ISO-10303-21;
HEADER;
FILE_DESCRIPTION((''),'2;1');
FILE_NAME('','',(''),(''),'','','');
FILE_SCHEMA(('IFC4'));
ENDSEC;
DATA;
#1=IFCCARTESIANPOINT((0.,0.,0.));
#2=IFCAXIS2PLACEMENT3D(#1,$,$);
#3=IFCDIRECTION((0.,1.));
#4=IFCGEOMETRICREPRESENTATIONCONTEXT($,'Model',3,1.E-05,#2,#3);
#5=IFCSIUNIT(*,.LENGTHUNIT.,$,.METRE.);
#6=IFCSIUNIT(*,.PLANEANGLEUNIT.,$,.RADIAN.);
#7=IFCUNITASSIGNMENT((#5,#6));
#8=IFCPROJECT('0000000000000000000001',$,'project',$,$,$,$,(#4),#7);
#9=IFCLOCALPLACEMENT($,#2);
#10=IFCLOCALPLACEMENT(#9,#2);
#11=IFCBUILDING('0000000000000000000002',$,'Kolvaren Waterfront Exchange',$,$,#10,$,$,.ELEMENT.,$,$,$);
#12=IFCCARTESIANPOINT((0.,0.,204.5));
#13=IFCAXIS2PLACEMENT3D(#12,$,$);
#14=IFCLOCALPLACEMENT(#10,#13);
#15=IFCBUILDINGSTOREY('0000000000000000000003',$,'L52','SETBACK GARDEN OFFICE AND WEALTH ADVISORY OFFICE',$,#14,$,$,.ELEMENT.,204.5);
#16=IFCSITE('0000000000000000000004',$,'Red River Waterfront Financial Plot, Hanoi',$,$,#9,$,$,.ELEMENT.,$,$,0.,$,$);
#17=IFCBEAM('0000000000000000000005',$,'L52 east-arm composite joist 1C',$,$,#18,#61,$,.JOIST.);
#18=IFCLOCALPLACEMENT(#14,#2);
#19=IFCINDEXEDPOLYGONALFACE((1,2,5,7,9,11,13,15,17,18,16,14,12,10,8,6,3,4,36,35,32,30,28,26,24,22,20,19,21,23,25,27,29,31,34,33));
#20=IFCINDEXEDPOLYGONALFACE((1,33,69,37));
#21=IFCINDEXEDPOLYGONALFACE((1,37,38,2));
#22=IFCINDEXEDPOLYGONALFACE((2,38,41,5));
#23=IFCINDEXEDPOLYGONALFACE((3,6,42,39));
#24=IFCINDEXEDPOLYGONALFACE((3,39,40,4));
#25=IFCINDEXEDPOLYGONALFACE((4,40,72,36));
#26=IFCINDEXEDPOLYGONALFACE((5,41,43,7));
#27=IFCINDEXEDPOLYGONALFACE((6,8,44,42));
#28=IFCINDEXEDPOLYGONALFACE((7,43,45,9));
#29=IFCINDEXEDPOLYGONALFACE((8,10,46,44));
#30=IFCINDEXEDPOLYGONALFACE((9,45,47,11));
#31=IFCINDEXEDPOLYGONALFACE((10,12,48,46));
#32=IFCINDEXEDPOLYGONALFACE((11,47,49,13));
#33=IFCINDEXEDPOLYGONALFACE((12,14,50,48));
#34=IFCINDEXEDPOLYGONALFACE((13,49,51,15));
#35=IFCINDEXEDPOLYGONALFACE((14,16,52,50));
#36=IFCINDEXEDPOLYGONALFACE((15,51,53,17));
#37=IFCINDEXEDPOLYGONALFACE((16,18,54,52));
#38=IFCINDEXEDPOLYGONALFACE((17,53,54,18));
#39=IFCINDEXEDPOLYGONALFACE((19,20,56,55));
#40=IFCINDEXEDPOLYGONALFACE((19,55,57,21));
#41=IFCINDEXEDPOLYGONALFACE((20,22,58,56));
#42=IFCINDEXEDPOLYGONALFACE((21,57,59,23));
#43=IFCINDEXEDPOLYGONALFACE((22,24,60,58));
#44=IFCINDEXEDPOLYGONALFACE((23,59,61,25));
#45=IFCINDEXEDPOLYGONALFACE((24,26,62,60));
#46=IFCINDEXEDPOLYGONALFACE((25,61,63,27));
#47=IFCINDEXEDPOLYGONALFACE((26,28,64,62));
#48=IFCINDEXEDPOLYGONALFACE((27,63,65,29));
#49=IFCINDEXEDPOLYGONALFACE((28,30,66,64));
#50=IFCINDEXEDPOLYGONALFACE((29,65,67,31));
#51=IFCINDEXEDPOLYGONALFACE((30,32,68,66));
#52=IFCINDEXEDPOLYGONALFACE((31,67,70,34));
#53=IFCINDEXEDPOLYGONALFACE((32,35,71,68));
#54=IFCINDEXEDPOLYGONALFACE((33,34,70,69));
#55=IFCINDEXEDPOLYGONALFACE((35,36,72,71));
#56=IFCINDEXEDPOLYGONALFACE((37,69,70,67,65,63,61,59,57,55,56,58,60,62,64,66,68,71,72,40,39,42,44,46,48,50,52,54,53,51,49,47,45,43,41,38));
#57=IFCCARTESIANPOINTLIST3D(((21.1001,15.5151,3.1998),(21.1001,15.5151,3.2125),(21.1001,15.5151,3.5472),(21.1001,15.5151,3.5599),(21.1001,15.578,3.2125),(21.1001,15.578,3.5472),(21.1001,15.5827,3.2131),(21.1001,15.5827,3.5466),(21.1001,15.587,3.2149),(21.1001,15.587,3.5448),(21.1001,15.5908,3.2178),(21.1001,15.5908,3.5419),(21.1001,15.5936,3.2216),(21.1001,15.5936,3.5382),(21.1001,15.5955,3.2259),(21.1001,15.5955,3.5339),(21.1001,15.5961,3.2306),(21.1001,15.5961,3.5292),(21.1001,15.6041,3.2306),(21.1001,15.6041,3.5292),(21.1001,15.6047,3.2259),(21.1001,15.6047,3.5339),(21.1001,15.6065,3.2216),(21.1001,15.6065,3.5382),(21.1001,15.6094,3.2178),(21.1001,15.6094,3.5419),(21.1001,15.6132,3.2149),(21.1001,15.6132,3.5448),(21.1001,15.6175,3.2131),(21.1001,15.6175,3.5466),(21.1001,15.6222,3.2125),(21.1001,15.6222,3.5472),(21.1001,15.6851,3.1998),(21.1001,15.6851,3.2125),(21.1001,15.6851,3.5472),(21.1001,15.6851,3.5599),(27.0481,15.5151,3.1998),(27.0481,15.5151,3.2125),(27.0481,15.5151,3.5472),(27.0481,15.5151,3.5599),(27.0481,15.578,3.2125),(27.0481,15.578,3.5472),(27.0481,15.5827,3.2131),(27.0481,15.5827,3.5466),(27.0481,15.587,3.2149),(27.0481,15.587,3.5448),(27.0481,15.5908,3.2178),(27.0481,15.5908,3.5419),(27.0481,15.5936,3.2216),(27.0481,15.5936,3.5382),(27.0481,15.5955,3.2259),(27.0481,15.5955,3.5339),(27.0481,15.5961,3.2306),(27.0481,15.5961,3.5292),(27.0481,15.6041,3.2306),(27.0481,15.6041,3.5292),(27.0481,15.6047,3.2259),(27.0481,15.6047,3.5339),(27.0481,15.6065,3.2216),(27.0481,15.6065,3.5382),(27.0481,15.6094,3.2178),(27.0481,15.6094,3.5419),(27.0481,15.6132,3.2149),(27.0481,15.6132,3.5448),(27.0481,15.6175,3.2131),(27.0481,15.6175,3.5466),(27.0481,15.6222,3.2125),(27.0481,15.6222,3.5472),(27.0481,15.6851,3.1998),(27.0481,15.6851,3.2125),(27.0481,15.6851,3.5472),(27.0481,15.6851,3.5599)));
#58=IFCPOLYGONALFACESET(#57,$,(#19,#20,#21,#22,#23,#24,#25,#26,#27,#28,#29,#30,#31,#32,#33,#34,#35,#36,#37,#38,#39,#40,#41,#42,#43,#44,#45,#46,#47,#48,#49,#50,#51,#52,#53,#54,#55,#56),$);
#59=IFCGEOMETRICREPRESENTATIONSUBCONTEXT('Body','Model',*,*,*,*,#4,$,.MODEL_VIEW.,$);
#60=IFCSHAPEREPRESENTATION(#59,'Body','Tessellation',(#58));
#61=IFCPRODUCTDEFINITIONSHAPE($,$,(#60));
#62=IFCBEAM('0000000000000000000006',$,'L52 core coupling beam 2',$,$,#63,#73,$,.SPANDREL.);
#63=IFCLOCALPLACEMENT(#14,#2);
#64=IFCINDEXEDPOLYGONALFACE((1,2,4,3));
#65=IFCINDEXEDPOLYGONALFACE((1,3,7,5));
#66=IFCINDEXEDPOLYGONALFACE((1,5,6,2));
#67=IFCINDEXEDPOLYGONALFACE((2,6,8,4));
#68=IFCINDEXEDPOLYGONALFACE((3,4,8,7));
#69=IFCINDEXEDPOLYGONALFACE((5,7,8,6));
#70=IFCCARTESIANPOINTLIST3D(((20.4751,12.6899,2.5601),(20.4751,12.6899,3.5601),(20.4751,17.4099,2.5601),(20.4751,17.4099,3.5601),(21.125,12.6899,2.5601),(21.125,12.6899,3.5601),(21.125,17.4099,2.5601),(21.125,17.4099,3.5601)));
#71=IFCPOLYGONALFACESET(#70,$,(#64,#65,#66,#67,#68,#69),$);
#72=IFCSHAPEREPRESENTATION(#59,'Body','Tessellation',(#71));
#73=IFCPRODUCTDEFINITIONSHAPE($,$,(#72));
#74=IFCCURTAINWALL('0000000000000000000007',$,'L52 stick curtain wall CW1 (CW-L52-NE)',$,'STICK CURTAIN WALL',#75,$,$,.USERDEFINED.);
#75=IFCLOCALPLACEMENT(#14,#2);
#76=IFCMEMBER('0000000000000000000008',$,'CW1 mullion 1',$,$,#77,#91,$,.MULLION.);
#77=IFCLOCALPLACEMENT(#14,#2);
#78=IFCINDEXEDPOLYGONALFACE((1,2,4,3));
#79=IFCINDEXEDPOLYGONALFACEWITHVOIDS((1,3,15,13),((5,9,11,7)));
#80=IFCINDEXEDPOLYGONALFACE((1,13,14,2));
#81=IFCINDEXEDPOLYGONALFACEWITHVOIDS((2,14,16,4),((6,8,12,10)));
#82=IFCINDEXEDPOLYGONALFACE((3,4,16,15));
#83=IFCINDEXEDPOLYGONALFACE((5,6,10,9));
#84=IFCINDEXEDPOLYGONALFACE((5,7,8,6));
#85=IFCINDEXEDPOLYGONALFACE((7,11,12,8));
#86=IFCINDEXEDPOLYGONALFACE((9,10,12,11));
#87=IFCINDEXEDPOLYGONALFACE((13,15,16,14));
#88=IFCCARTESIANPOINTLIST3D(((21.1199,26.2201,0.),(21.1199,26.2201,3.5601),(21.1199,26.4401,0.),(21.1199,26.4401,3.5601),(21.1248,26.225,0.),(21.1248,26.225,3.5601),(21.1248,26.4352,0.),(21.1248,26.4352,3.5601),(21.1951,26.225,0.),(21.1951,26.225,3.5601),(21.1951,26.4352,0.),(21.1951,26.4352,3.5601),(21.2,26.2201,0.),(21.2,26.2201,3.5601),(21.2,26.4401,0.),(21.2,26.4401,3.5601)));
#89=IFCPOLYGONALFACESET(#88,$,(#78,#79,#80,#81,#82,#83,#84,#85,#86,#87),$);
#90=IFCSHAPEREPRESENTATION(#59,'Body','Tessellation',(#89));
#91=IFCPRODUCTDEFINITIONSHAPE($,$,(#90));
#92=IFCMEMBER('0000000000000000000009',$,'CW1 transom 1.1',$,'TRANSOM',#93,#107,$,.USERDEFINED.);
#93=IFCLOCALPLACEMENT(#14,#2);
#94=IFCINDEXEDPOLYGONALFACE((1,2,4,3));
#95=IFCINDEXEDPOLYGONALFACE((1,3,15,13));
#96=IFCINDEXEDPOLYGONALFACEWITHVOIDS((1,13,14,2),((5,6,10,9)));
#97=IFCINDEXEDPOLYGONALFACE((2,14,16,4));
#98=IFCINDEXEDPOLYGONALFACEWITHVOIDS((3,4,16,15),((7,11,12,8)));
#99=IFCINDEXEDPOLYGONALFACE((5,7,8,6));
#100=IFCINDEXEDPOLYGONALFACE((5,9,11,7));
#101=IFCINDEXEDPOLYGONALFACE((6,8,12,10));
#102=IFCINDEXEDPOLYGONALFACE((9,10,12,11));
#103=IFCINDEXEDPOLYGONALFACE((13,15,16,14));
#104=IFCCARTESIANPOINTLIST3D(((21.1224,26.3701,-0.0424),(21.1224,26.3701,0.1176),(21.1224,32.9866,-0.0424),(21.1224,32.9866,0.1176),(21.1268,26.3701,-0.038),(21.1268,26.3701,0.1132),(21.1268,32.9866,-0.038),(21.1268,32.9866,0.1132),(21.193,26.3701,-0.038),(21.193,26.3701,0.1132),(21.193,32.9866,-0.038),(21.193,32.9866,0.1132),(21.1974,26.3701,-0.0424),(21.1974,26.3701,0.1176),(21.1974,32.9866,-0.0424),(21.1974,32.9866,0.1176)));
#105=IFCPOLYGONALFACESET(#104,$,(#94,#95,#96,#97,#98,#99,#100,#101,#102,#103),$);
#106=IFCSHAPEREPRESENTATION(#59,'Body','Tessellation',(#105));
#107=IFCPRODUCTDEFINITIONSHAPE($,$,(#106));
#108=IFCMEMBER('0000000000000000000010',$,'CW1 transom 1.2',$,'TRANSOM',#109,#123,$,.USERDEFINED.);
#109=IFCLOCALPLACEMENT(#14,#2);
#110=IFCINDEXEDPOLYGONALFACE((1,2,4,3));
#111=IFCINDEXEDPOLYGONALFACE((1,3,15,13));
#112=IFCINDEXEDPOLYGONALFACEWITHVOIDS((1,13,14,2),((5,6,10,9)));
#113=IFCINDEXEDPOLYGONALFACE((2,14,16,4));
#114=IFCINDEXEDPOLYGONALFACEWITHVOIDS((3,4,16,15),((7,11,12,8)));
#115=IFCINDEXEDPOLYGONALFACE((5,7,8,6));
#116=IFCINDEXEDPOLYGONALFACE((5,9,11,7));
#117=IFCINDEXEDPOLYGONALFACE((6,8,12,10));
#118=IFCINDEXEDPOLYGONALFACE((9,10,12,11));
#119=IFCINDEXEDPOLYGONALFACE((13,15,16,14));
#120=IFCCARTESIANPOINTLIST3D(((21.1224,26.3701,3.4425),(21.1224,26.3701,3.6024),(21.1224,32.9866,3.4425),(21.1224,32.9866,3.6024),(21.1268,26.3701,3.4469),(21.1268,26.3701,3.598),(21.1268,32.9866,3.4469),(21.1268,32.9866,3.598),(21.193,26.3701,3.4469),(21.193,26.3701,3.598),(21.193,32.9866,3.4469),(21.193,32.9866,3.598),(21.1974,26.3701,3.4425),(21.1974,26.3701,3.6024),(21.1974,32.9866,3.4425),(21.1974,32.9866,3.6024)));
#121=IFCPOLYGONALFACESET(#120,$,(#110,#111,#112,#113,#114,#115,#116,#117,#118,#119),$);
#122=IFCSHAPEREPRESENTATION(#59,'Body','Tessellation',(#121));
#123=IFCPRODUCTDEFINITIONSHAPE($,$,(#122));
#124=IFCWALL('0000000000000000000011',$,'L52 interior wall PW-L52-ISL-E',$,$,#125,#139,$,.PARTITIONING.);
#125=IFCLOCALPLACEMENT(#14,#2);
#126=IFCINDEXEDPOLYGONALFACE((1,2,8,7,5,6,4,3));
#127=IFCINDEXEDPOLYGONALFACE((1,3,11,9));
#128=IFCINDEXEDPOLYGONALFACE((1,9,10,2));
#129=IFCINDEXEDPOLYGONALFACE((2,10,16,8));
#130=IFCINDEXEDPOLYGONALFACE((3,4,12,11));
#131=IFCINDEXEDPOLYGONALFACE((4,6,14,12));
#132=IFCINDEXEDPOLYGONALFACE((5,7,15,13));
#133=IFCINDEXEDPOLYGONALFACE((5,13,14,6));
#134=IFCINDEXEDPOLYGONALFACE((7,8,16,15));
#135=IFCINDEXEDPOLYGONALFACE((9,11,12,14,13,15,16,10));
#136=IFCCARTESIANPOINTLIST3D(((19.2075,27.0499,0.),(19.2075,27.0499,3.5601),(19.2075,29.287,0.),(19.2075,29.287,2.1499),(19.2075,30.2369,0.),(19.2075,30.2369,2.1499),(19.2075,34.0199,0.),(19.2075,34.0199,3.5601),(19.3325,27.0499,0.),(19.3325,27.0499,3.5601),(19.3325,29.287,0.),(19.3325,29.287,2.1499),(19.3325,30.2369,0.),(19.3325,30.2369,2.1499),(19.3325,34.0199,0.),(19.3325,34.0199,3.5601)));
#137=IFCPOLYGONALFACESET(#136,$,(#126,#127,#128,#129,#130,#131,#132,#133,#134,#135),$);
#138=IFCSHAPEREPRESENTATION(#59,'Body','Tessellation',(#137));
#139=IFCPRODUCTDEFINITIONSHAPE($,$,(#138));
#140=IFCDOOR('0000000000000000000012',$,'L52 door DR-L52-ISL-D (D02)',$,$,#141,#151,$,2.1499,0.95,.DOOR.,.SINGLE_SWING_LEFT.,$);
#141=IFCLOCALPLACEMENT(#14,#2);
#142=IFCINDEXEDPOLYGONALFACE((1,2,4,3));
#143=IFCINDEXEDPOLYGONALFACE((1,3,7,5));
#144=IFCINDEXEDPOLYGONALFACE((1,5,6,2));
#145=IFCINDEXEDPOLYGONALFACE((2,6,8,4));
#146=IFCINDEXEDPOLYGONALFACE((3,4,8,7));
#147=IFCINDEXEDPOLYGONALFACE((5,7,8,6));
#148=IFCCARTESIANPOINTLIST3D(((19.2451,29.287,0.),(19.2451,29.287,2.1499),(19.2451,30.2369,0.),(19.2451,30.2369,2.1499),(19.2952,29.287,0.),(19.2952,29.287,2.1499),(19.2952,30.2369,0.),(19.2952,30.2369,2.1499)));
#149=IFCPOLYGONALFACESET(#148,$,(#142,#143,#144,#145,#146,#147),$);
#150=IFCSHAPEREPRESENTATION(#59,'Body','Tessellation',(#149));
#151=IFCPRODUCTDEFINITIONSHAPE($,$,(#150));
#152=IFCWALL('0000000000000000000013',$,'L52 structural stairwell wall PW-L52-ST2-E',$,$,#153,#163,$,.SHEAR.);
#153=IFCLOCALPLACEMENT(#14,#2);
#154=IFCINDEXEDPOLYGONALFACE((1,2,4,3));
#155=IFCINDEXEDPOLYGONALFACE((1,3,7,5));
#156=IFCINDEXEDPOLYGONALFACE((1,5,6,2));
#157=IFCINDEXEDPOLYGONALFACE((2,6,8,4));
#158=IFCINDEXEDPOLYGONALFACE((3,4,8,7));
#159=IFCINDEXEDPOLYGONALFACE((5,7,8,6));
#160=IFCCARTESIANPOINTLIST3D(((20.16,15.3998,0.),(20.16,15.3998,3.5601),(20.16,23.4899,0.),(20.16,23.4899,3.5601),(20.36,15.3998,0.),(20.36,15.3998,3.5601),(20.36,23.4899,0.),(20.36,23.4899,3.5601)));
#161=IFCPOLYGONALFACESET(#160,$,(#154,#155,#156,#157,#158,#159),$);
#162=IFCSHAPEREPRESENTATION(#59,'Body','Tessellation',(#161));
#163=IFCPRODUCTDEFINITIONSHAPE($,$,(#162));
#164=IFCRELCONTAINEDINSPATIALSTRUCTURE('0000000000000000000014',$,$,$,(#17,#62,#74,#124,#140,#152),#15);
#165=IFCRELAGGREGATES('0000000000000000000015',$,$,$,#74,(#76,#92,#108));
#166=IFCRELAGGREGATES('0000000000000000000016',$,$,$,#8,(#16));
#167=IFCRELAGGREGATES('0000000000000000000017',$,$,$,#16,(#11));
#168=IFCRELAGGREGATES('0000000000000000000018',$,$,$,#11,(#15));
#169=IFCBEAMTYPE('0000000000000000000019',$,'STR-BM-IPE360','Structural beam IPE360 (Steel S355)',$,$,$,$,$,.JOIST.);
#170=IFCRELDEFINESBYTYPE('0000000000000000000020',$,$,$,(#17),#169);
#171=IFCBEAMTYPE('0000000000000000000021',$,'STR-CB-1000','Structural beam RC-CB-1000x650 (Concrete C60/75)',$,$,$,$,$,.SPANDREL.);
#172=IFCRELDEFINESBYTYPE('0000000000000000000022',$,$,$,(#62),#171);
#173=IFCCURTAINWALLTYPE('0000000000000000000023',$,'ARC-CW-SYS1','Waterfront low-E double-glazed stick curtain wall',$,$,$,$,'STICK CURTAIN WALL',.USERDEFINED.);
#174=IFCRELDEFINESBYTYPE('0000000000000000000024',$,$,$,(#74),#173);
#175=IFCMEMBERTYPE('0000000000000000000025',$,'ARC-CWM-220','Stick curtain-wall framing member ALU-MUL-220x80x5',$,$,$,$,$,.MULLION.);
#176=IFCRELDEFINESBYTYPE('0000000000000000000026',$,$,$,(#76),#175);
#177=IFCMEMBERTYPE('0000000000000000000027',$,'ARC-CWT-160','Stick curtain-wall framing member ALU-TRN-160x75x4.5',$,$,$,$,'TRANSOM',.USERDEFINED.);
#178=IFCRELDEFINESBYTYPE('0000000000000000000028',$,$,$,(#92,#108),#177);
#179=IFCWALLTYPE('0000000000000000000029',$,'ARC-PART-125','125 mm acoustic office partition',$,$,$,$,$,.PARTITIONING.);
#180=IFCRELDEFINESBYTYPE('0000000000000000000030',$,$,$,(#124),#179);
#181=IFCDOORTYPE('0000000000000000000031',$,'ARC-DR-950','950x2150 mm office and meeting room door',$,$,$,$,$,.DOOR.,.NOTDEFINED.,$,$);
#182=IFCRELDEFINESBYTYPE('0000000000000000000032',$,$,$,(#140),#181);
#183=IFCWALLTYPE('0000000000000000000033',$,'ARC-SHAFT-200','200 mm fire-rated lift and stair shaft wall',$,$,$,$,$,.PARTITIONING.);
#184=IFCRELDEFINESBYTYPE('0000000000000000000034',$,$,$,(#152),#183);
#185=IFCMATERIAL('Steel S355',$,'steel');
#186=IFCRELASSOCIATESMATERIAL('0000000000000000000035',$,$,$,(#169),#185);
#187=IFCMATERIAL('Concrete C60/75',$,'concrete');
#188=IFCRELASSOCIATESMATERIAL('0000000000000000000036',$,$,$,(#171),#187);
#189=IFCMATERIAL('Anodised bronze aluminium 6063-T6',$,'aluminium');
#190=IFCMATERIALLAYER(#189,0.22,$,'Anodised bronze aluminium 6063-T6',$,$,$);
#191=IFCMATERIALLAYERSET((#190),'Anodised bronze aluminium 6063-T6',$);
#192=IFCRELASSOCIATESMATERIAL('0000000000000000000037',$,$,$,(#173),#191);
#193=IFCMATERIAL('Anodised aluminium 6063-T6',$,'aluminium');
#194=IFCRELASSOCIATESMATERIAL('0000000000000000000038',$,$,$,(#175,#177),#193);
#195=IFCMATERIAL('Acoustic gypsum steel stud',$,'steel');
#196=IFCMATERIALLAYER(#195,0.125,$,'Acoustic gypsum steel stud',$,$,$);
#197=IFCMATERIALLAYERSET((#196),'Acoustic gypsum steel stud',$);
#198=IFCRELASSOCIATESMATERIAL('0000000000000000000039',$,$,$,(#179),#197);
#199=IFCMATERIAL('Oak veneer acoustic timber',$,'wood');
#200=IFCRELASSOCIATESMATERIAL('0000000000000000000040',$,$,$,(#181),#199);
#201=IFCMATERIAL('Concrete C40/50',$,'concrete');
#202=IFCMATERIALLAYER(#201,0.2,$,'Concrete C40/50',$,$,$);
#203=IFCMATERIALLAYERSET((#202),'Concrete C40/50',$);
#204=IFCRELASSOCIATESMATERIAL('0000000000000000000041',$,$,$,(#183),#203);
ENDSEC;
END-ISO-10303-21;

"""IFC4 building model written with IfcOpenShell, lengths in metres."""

from ifc_helpers import new_model, si_unit, direction, frame, frame_2d, origin, origin_with_axes, origin_2d, place, context, subcontext, project, spatial, rectangle, hollow_rectangle, i_section, extrude, source, transform, mapped, material, layer, layer_set, material_profile, profile_set, type_object, element, fill, aggregate, save


model = new_model("IFC4")

# Units and contexts
model_context = context("Model", 3, precision=1e-05, world=origin(), true_north=direction((0.0, 1.0)))
body_context = subcontext(model_context, "Body", "Model", "MODEL_VIEW")
ifc_project = project(units=[si_unit("LENGTHUNIT", "METRE"), si_unit("PLANEANGLEUNIT", "RADIAN")], contexts=[model_context])

# Site, building, storey
site_placement = place(None, origin())
site = spatial("IfcSite", under=ifc_project, at=site_placement, Name="Red River Waterfront Financial Plot, Hanoi", CompositionType="ELEMENT", RefElevation=0.0)
building_placement = place(site_placement, origin())
building = spatial("IfcBuilding", under=site, at=building_placement, Name="Kolvaren Waterfront Exchange", CompositionType="ELEMENT")
storey_placement = place(building_placement, frame((0.0, 0.0, 204.5)))
storey = spatial("IfcBuildingStorey", under=building, at=storey_placement, Name="L52", Description="SETBACK GARDEN OFFICE AND WEALTH ADVISORY OFFICE", CompositionType="ELEMENT", Elevation=204.5)

# Beams
ifc_material_1 = material(Name="Steel S355", Category="steel")
ifc_material_profile_1 = material_profile(ifc_material_1, i_section(OverallWidth=0.1699, OverallDepth=0.3601, WebThickness=0.0081, FlangeThickness=0.0127, FilletRadius=0.0181, at=origin_2d()), Name="IPE360")
ifc_profile_set_1 = profile_set([ifc_material_profile_1], Name="Steel S355")
beam_type_1 = type_object("IfcBeamType", Name="STR-BM-IPE360", Description="Structural beam IPE360 (Steel S355)", PredefinedType="JOIST", material=ifc_profile_set_1)
for number, where, z_axis, x_axis, name in (
    (1, (21.1001, 15.6001, 3.3799), (1.0, 0.0, 0.0), (0.0, 1.0, 0.0), "L52 east-arm composite joist 1C"),
):
    element("IfcBeam", number, at=place(storey_placement, frame(where, z_axis=z_axis, x_axis=x_axis)), inside=storey, type_object=beam_type_1, Name=name, PredefinedType="JOIST", context=body_context, shape_type="SweptSolid", body=[
        extrude(i_section(OverallWidth=0.1699, OverallDepth=0.3601, WebThickness=0.0081, FlangeThickness=0.0127, FilletRadius=0.0181, at=origin_2d()), origin(), (0.0, 0.0, 1.0), 5.948),
    ])
ifc_material_2 = material(Name="Concrete C60/75", Category="concrete")
ifc_material_profile_2 = material_profile(ifc_material_2, rectangle(XDim=0.6499, YDim=1.0, at=origin_2d()), Name="RC-CB-1000x650")
ifc_profile_set_2 = profile_set([ifc_material_profile_2], Name="Concrete C60/75")
beam_type_2 = type_object("IfcBeamType", Name="STR-CB-1000", Description="Structural beam RC-CB-1000x650 (Concrete C60/75)", PredefinedType="SPANDREL", material=ifc_profile_set_2)
beam_1_placement = place(storey_placement, frame((20.8, 12.6899, 3.0601), z_axis=(0.0, 1.0, 0.0), x_axis=(-1.0, 0.0, 0.0)))
element("IfcBeam", 2, at=beam_1_placement, inside=storey, type_object=beam_type_2, Name="L52 core coupling beam 2", PredefinedType="SPANDREL", context=body_context, shape_type="SweptSolid", body=[
    extrude(rectangle(XDim=0.6499, YDim=1.0, at=origin_2d()), origin(), (0.0, 0.0, 1.0), 4.72),
])

# Curtain wall, members
ifc_material_3 = material(Name="Anodised bronze aluminium 6063-T6", Category="aluminium")
ifc_layer_1 = layer(ifc_material_3, 0.22, Name="Anodised bronze aluminium 6063-T6")
ifc_layer_set_1 = layer_set([ifc_layer_1], Name="Anodised bronze aluminium 6063-T6")
curtain_wall_type = type_object("IfcCurtainWallType", Name="ARC-CW-SYS1", Description="Waterfront low-E double-glazed stick curtain wall", ElementType="STICK CURTAIN WALL", PredefinedType="USERDEFINED", material=ifc_layer_set_1)
curtain_wall_placement = place(storey_placement, origin())
curtain_wall = element("IfcCurtainWall", 3, at=curtain_wall_placement, inside=storey, type_object=curtain_wall_type, Name="L52 stick curtain wall CW1 (CW-L52-NE)", ObjectType="STICK CURTAIN WALL", PredefinedType="USERDEFINED")
ifc_material_4 = material(Name="Anodised aluminium 6063-T6", Category="aluminium")
ifc_material_profile_3 = material_profile(ifc_material_4, hollow_rectangle(XDim=0.0801, YDim=0.22, WallThickness=0.0049, at=origin_2d()), Name="ALU-MUL-220x80x5")
ifc_profile_set_3 = profile_set([ifc_material_profile_3], Name="Anodised aluminium 6063-T6")
member_type_1 = type_object("IfcMemberType", Name="ARC-CWM-220", Description="Stick curtain-wall framing member ALU-MUL-220x80x5", PredefinedType="MULLION", material=ifc_profile_set_3)
shared_shape_1 = source(origin_with_axes(), body_context, "Body", "SweptSolid", [
    extrude(hollow_rectangle(XDim=0.0801, YDim=0.22, WallThickness=0.0049, at=origin_2d()), origin(), (0.0, 0.0, 1.0), 3.5601),
])
member_1_placement = place(storey_placement, frame((21.1599, 26.3301, 0.0), z_axis=(0.0, 0.0, 1.0), x_axis=(-1.0, 0.0, 0.0)))
member_1 = element("IfcMember", 4, at=member_1_placement, type_object=member_type_1, Name="CW1 mullion 1", PredefinedType="MULLION", context=body_context, shape_type="MappedRepresentation", body=[
    mapped(shared_shape_1, transform((0.0, 0.0, 0.0), x_axis=(1.0, 0.0, 0.0), y_axis=(0.0, 1.0, 0.0), z_axis=(0.0, 0.0, 1.0), scale=1.0)),
])
ifc_material_profile_4 = material_profile(ifc_material_4, hollow_rectangle(XDim=0.075, YDim=0.1599, WallThickness=0.0044, at=origin_2d()), Name="ALU-TRN-160x75x4.5")
ifc_profile_set_4 = profile_set([ifc_material_profile_4], Name="Anodised aluminium 6063-T6")
member_type_2 = type_object("IfcMemberType", Name="ARC-CWT-160", Description="Stick curtain-wall framing member ALU-TRN-160x75x4.5", ElementType="TRANSOM", PredefinedType="USERDEFINED", material=ifc_profile_set_4)
shared_shape_2 = source(origin_with_axes(), body_context, "Body", "SweptSolid", [
    extrude(hollow_rectangle(XDim=0.075, YDim=0.1599, WallThickness=0.0044, at=origin_2d()), origin(), (0.0, 0.0, 1.0), 6.6165),
])
member_2_placement = place(storey_placement, frame((21.1599, 26.3701, 0.0376), z_axis=(0.0, 1.0, 0.0), x_axis=(-1.0, 0.0, 0.0)))
member_2 = element("IfcMember", 5, at=member_2_placement, type_object=member_type_2, Name="CW1 transom 1.1", ObjectType="TRANSOM", PredefinedType="USERDEFINED", context=body_context, shape_type="MappedRepresentation", body=[
    mapped(shared_shape_2, transform((0.0, 0.0, 0.0), x_axis=(1.0, 0.0, 0.0), y_axis=(0.0, 1.0, 0.0), z_axis=(0.0, 0.0, 1.0), scale=1.0)),
])
member_3_placement = place(storey_placement, frame((21.1599, 26.3701, 3.5225), z_axis=(0.0, 1.0, 0.0), x_axis=(-1.0, 0.0, 0.0)))
member_3 = element("IfcMember", 6, at=member_3_placement, type_object=member_type_2, Name="CW1 transom 1.2", ObjectType="TRANSOM", PredefinedType="USERDEFINED", context=body_context, shape_type="MappedRepresentation", body=[
    mapped(shared_shape_2, transform((0.0, 0.0, 0.0), x_axis=(1.0, 0.0, 0.0), y_axis=(0.0, 1.0, 0.0), z_axis=(0.0, 0.0, 1.0), scale=1.0)),
])
aggregate(curtain_wall, [member_1, member_2, member_3])

# Wall, opening, door
ifc_material_5 = material(Name="Acoustic gypsum steel stud", Category="steel")
ifc_layer_2 = layer(ifc_material_5, 0.125, Name="Acoustic gypsum steel stud")
ifc_layer_set_2 = layer_set([ifc_layer_2], Name="Acoustic gypsum steel stud")
wall_type_1 = type_object("IfcWallType", Name="ARC-PART-125", Description="125 mm acoustic office partition", PredefinedType="PARTITIONING", material=ifc_layer_set_2)
wall_1_placement = place(storey_placement, frame((19.27, 27.05, 0.0), z_axis=(0.0, 0.0, 1.0), x_axis=(0.0, 1.0, 0.0)))
wall_1 = element("IfcWall", 7, at=wall_1_placement, inside=storey, type_object=wall_type_1, Name="L52 interior wall PW-L52-ISL-E", PredefinedType="PARTITIONING", context=body_context, shape_type="SweptSolid", body=[
    extrude(rectangle(XDim=6.97, YDim=0.125, at=frame_2d((3.4849, 0.0))), origin(), (0.0, 0.0, 1.0), 3.5601),
])
opening_placement = place(wall_1_placement, frame((2.2368, 0.0, 0.0)))
opening = element("IfcOpeningElement", 8, at=opening_placement, cuts=wall_1, PredefinedType="OPENING", context=body_context, shape_type="SweptSolid", body=[
    extrude(rectangle(XDim=0.95, YDim=2.1499, at=frame_2d((0.4751, 1.075))), frame((0.0, 0.0725, 0.0), z_axis=(0.0, -1.0, 0.0), x_axis=(1.0, 0.0, 0.0)), (0.0, 0.0, 1.0), 0.145),
])
ifc_material_6 = material(Name="Oak veneer acoustic timber", Category="wood")
door_type = type_object("IfcDoorType", Name="ARC-DR-950", Description="950x2150 mm office and meeting room door", OperationType="NOTDEFINED", PredefinedType="DOOR", material=ifc_material_6)
door_placement = place(opening_placement, origin())
door = element("IfcDoor", 9, at=door_placement, inside=storey, type_object=door_type, Name="L52 door DR-L52-ISL-D (D02)", OperationType="SINGLE_SWING_LEFT", OverallHeight=2.1499, OverallWidth=0.95, PredefinedType="DOOR", context=body_context, shape_type="SweptSolid", body=[
    extrude(rectangle(XDim=0.95, YDim=2.1499, at=frame_2d((0.4751, 1.075))), frame((0.0, 0.0249, 0.0), z_axis=(0.0, -1.0, 0.0), x_axis=(1.0, 0.0, 0.0)), (0.0, 0.0, 1.0), 0.05),
])
fill(opening, door)

# Wall
ifc_material_7 = material(Name="Concrete C40/50", Category="concrete")
ifc_layer_3 = layer(ifc_material_7, 0.2, Name="Concrete C40/50")
ifc_layer_set_3 = layer_set([ifc_layer_3], Name="Concrete C40/50")
wall_type_2 = type_object("IfcWallType", Name="ARC-SHAFT-200", Description="200 mm fire-rated lift and stair shaft wall", PredefinedType="PARTITIONING", material=ifc_layer_set_3)
wall_2_placement = place(storey_placement, frame((20.26, 15.3999, 0.0), z_axis=(0.0, 0.0, 1.0), x_axis=(0.0, 1.0, 0.0)))
element("IfcWall", 10, at=wall_2_placement, inside=storey, type_object=wall_type_2, Name="L52 structural stairwell wall PW-L52-ST2-E", PredefinedType="SHEAR", context=body_context, shape_type="SweptSolid", body=[
    extrude(rectangle(XDim=8.0901, YDim=0.2, at=frame_2d((4.0449, 0.0))), origin(), (0.0, 0.0, 1.0), 3.5601),
])

save(model, "model.ifc")
